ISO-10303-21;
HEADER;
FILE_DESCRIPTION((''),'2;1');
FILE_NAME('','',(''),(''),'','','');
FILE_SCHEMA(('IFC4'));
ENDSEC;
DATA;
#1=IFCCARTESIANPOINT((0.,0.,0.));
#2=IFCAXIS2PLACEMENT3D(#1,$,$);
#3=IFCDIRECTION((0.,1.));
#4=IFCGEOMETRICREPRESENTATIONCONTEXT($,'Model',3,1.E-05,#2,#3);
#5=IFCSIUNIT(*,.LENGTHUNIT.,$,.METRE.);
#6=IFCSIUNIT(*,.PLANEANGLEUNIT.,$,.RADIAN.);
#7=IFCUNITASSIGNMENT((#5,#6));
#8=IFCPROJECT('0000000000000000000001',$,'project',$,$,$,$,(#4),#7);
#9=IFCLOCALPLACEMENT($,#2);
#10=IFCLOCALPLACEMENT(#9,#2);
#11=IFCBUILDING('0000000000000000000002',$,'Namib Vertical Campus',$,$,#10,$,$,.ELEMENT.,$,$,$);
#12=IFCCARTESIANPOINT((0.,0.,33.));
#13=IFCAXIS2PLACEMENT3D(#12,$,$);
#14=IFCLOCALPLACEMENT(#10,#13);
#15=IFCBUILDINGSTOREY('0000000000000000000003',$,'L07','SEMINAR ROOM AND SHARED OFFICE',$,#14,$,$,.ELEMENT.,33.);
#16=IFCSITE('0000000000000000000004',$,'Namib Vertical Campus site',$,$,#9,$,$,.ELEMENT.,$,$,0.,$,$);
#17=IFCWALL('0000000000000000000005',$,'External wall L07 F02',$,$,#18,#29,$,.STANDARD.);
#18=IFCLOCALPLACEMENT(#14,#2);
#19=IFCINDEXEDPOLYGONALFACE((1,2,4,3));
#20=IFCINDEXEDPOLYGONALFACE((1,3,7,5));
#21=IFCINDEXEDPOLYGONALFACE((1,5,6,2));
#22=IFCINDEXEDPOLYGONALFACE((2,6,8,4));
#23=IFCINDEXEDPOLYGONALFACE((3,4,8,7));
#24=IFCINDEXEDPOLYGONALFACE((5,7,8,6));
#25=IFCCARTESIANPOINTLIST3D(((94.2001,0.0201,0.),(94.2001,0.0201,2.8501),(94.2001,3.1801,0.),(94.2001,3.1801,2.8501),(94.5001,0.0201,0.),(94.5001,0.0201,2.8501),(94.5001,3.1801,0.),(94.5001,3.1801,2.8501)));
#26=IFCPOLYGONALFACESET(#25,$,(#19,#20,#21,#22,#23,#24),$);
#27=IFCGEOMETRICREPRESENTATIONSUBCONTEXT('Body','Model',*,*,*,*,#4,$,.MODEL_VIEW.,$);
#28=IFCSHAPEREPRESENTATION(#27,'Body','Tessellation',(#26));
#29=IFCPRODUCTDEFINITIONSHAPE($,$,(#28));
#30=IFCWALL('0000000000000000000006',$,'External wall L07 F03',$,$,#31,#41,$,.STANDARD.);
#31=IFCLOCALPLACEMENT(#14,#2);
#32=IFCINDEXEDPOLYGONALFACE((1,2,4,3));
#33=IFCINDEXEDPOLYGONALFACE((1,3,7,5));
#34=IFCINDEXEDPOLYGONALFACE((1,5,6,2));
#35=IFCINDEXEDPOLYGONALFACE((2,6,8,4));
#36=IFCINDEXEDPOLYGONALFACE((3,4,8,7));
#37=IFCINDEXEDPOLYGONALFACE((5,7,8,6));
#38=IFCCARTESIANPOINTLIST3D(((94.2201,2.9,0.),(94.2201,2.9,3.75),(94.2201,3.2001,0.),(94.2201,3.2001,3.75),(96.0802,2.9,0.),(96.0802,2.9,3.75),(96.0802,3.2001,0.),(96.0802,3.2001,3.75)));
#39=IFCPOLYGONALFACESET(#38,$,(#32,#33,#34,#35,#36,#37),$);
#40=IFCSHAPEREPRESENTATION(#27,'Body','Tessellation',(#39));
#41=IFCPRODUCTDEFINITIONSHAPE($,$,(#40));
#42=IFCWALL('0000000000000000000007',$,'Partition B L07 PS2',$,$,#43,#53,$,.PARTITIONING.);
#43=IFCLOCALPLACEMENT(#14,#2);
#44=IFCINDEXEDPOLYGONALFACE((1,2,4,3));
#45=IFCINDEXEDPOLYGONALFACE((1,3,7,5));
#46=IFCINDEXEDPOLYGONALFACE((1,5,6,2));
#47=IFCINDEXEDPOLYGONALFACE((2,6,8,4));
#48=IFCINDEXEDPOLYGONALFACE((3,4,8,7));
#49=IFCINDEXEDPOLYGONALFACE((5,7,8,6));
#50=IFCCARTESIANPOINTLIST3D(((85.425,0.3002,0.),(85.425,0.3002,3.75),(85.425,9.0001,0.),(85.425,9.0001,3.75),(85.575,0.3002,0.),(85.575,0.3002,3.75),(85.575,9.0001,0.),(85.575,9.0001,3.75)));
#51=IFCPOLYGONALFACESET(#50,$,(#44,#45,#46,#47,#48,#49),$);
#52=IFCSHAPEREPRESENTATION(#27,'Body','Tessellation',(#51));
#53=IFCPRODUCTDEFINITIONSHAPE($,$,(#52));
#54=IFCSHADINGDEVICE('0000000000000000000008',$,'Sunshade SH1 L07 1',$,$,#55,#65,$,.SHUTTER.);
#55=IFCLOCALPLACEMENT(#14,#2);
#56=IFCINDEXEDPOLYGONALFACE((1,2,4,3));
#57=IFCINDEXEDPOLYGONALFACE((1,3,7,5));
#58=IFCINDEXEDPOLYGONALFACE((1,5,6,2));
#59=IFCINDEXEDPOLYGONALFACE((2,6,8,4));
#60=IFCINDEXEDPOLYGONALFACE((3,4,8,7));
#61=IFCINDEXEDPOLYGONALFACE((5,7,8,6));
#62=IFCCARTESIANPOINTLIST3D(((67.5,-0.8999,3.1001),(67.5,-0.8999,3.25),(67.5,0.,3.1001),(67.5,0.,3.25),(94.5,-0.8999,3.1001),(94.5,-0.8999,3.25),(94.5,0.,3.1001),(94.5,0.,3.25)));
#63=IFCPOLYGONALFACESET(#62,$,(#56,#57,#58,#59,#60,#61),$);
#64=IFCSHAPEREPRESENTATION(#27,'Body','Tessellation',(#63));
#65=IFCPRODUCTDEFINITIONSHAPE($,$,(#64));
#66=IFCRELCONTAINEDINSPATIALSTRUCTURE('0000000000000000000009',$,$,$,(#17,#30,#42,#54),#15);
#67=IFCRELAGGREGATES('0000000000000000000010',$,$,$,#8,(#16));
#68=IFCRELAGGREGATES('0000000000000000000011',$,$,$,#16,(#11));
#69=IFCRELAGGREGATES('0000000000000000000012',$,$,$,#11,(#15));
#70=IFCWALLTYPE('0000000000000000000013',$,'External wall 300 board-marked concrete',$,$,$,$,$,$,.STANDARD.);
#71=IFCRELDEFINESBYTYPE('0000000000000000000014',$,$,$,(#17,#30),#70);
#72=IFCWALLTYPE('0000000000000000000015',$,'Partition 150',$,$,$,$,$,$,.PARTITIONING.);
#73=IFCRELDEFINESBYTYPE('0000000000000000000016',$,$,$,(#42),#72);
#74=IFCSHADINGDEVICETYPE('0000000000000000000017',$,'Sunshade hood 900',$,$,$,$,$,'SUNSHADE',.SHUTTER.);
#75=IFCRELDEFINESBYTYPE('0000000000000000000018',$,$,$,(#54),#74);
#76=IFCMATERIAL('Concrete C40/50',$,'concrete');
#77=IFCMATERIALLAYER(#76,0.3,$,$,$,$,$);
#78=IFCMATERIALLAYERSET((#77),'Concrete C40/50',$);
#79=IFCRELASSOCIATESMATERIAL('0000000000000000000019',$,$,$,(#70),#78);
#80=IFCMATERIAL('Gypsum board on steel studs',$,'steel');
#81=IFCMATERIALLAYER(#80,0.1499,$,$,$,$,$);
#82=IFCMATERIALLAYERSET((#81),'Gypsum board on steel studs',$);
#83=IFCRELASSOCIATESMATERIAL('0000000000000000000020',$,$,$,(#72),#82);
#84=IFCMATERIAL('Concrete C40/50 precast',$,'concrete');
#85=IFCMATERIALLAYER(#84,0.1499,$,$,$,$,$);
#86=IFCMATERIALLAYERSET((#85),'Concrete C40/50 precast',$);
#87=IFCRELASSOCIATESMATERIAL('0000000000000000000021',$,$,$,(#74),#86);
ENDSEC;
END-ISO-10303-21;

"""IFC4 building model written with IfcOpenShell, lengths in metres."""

from ifc_helpers import new_model, si_unit, direction, frame, frame_2d, origin, origin_2d, place, context, subcontext, project, spatial, rectangle, extrude, material, layer, layer_set, type_object, element, save


model = new_model("IFC4")

# Units and contexts
model_context = context("Model", 3, precision=1e-05, world=origin(), true_north=direction((0.0, 1.0)))
body_context = subcontext(model_context, "Body", "Model", "MODEL_VIEW")
ifc_project = project(units=[si_unit("LENGTHUNIT", "METRE"), si_unit("PLANEANGLEUNIT", "RADIAN")], contexts=[model_context])

# Site, building, storey
site_placement = place(None, origin())
site = spatial("IfcSite", under=ifc_project, at=site_placement, Name="Namib Vertical Campus site", CompositionType="ELEMENT", RefElevation=0.0)
building_placement = place(site_placement, origin())
building = spatial("IfcBuilding", under=site, at=building_placement, Name="Namib Vertical Campus", CompositionType="ELEMENT")
storey_placement = place(building_placement, frame((0.0, 0.0, 33.0)))
storey = spatial("IfcBuildingStorey", under=building, at=storey_placement, Name="L07", Description="SEMINAR ROOM AND SHARED OFFICE", CompositionType="ELEMENT", Elevation=33.0)

# Walls
ifc_material_1 = material(Name="Concrete C40/50", Category="concrete")
ifc_layer_1 = layer(ifc_material_1, 0.3)
ifc_layer_set_1 = layer_set([ifc_layer_1], Name="Concrete C40/50")
wall_type_1 = type_object("IfcWallType", Name="External wall 300 board-marked concrete", PredefinedType="STANDARD", material=ifc_layer_set_1)
wall_1_placement = place(storey_placement, frame((94.3501, 0.02, 0.0), z_axis=(0.0, 0.0, 1.0), x_axis=(0.0, 1.0, 0.0)))
element("IfcWall", 1, at=wall_1_placement, inside=storey, type_object=wall_type_1, Name="External wall L07 F02", PredefinedType="STANDARD", context=body_context, shape_type="SweptSolid", body=[
    extrude(rectangle(XDim=3.1599, YDim=0.3, at=frame_2d((1.5801, 0.0))), origin(), (0.0, 0.0, 1.0), 2.8501),
])
wall_2_placement = place(storey_placement, frame((94.22, 3.05, 0.0), z_axis=(0.0, 0.0, 1.0), x_axis=(1.0, 0.0, 0.0)))
element("IfcWall", 2, at=wall_2_placement, inside=storey, type_object=wall_type_1, Name="External wall L07 F03", PredefinedType="STANDARD", context=body_context, shape_type="SweptSolid", body=[
    extrude(rectangle(XDim=1.8601, YDim=0.3, at=frame_2d((0.9302, 0.0))), origin(), (0.0, 0.0, 1.0), 3.75),
])
ifc_material_2 = material(Name="Gypsum board on steel studs", Category="steel")
ifc_layer_2 = layer(ifc_material_2, 0.1499)
ifc_layer_set_2 = layer_set([ifc_layer_2], Name="Gypsum board on steel studs")
wall_type_2 = type_object("IfcWallType", Name="Partition 150", PredefinedType="PARTITIONING", material=ifc_layer_set_2)
wall_3_placement = place(storey_placement, frame((85.5, 0.3, 0.0), z_axis=(0.0, 0.0, 1.0), x_axis=(0.0, 1.0, 0.0)))
element("IfcWall", 3, at=wall_3_placement, inside=storey, type_object=wall_type_2, Name="Partition B L07 PS2", PredefinedType="PARTITIONING", context=body_context, shape_type="SweptSolid", body=[
    extrude(rectangle(XDim=8.7, YDim=0.1499, at=frame_2d((4.3501, 0.0))), origin(), (0.0, 0.0, 1.0), 3.75),
])

# Shading device
ifc_material_3 = material(Name="Concrete C40/50 precast", Category="concrete")
ifc_layer_3 = layer(ifc_material_3, 0.1499)
ifc_layer_set_3 = layer_set([ifc_layer_3], Name="Concrete C40/50 precast")
shading_device_type = type_object("IfcShadingDeviceType", Name="Sunshade hood 900", ElementType="SUNSHADE", PredefinedType="SHUTTER", material=ifc_layer_set_3)
shading_device_placement = place(storey_placement, frame((81.0, -0.45, 3.1001), z_axis=(0.0, 0.0, 1.0), x_axis=(1.0, 0.0, 0.0)))
element("IfcShadingDevice", 4, at=shading_device_placement, inside=storey, type_object=shading_device_type, Name="Sunshade SH1 L07 1", PredefinedType="SHUTTER", context=body_context, shape_type="SweptSolid", body=[
    extrude(rectangle(XDim=27.0, YDim=0.8999, at=origin_2d()), origin(), (0.0, 0.0, 1.0), 0.1499),
])

save(model, "model.ifc")
